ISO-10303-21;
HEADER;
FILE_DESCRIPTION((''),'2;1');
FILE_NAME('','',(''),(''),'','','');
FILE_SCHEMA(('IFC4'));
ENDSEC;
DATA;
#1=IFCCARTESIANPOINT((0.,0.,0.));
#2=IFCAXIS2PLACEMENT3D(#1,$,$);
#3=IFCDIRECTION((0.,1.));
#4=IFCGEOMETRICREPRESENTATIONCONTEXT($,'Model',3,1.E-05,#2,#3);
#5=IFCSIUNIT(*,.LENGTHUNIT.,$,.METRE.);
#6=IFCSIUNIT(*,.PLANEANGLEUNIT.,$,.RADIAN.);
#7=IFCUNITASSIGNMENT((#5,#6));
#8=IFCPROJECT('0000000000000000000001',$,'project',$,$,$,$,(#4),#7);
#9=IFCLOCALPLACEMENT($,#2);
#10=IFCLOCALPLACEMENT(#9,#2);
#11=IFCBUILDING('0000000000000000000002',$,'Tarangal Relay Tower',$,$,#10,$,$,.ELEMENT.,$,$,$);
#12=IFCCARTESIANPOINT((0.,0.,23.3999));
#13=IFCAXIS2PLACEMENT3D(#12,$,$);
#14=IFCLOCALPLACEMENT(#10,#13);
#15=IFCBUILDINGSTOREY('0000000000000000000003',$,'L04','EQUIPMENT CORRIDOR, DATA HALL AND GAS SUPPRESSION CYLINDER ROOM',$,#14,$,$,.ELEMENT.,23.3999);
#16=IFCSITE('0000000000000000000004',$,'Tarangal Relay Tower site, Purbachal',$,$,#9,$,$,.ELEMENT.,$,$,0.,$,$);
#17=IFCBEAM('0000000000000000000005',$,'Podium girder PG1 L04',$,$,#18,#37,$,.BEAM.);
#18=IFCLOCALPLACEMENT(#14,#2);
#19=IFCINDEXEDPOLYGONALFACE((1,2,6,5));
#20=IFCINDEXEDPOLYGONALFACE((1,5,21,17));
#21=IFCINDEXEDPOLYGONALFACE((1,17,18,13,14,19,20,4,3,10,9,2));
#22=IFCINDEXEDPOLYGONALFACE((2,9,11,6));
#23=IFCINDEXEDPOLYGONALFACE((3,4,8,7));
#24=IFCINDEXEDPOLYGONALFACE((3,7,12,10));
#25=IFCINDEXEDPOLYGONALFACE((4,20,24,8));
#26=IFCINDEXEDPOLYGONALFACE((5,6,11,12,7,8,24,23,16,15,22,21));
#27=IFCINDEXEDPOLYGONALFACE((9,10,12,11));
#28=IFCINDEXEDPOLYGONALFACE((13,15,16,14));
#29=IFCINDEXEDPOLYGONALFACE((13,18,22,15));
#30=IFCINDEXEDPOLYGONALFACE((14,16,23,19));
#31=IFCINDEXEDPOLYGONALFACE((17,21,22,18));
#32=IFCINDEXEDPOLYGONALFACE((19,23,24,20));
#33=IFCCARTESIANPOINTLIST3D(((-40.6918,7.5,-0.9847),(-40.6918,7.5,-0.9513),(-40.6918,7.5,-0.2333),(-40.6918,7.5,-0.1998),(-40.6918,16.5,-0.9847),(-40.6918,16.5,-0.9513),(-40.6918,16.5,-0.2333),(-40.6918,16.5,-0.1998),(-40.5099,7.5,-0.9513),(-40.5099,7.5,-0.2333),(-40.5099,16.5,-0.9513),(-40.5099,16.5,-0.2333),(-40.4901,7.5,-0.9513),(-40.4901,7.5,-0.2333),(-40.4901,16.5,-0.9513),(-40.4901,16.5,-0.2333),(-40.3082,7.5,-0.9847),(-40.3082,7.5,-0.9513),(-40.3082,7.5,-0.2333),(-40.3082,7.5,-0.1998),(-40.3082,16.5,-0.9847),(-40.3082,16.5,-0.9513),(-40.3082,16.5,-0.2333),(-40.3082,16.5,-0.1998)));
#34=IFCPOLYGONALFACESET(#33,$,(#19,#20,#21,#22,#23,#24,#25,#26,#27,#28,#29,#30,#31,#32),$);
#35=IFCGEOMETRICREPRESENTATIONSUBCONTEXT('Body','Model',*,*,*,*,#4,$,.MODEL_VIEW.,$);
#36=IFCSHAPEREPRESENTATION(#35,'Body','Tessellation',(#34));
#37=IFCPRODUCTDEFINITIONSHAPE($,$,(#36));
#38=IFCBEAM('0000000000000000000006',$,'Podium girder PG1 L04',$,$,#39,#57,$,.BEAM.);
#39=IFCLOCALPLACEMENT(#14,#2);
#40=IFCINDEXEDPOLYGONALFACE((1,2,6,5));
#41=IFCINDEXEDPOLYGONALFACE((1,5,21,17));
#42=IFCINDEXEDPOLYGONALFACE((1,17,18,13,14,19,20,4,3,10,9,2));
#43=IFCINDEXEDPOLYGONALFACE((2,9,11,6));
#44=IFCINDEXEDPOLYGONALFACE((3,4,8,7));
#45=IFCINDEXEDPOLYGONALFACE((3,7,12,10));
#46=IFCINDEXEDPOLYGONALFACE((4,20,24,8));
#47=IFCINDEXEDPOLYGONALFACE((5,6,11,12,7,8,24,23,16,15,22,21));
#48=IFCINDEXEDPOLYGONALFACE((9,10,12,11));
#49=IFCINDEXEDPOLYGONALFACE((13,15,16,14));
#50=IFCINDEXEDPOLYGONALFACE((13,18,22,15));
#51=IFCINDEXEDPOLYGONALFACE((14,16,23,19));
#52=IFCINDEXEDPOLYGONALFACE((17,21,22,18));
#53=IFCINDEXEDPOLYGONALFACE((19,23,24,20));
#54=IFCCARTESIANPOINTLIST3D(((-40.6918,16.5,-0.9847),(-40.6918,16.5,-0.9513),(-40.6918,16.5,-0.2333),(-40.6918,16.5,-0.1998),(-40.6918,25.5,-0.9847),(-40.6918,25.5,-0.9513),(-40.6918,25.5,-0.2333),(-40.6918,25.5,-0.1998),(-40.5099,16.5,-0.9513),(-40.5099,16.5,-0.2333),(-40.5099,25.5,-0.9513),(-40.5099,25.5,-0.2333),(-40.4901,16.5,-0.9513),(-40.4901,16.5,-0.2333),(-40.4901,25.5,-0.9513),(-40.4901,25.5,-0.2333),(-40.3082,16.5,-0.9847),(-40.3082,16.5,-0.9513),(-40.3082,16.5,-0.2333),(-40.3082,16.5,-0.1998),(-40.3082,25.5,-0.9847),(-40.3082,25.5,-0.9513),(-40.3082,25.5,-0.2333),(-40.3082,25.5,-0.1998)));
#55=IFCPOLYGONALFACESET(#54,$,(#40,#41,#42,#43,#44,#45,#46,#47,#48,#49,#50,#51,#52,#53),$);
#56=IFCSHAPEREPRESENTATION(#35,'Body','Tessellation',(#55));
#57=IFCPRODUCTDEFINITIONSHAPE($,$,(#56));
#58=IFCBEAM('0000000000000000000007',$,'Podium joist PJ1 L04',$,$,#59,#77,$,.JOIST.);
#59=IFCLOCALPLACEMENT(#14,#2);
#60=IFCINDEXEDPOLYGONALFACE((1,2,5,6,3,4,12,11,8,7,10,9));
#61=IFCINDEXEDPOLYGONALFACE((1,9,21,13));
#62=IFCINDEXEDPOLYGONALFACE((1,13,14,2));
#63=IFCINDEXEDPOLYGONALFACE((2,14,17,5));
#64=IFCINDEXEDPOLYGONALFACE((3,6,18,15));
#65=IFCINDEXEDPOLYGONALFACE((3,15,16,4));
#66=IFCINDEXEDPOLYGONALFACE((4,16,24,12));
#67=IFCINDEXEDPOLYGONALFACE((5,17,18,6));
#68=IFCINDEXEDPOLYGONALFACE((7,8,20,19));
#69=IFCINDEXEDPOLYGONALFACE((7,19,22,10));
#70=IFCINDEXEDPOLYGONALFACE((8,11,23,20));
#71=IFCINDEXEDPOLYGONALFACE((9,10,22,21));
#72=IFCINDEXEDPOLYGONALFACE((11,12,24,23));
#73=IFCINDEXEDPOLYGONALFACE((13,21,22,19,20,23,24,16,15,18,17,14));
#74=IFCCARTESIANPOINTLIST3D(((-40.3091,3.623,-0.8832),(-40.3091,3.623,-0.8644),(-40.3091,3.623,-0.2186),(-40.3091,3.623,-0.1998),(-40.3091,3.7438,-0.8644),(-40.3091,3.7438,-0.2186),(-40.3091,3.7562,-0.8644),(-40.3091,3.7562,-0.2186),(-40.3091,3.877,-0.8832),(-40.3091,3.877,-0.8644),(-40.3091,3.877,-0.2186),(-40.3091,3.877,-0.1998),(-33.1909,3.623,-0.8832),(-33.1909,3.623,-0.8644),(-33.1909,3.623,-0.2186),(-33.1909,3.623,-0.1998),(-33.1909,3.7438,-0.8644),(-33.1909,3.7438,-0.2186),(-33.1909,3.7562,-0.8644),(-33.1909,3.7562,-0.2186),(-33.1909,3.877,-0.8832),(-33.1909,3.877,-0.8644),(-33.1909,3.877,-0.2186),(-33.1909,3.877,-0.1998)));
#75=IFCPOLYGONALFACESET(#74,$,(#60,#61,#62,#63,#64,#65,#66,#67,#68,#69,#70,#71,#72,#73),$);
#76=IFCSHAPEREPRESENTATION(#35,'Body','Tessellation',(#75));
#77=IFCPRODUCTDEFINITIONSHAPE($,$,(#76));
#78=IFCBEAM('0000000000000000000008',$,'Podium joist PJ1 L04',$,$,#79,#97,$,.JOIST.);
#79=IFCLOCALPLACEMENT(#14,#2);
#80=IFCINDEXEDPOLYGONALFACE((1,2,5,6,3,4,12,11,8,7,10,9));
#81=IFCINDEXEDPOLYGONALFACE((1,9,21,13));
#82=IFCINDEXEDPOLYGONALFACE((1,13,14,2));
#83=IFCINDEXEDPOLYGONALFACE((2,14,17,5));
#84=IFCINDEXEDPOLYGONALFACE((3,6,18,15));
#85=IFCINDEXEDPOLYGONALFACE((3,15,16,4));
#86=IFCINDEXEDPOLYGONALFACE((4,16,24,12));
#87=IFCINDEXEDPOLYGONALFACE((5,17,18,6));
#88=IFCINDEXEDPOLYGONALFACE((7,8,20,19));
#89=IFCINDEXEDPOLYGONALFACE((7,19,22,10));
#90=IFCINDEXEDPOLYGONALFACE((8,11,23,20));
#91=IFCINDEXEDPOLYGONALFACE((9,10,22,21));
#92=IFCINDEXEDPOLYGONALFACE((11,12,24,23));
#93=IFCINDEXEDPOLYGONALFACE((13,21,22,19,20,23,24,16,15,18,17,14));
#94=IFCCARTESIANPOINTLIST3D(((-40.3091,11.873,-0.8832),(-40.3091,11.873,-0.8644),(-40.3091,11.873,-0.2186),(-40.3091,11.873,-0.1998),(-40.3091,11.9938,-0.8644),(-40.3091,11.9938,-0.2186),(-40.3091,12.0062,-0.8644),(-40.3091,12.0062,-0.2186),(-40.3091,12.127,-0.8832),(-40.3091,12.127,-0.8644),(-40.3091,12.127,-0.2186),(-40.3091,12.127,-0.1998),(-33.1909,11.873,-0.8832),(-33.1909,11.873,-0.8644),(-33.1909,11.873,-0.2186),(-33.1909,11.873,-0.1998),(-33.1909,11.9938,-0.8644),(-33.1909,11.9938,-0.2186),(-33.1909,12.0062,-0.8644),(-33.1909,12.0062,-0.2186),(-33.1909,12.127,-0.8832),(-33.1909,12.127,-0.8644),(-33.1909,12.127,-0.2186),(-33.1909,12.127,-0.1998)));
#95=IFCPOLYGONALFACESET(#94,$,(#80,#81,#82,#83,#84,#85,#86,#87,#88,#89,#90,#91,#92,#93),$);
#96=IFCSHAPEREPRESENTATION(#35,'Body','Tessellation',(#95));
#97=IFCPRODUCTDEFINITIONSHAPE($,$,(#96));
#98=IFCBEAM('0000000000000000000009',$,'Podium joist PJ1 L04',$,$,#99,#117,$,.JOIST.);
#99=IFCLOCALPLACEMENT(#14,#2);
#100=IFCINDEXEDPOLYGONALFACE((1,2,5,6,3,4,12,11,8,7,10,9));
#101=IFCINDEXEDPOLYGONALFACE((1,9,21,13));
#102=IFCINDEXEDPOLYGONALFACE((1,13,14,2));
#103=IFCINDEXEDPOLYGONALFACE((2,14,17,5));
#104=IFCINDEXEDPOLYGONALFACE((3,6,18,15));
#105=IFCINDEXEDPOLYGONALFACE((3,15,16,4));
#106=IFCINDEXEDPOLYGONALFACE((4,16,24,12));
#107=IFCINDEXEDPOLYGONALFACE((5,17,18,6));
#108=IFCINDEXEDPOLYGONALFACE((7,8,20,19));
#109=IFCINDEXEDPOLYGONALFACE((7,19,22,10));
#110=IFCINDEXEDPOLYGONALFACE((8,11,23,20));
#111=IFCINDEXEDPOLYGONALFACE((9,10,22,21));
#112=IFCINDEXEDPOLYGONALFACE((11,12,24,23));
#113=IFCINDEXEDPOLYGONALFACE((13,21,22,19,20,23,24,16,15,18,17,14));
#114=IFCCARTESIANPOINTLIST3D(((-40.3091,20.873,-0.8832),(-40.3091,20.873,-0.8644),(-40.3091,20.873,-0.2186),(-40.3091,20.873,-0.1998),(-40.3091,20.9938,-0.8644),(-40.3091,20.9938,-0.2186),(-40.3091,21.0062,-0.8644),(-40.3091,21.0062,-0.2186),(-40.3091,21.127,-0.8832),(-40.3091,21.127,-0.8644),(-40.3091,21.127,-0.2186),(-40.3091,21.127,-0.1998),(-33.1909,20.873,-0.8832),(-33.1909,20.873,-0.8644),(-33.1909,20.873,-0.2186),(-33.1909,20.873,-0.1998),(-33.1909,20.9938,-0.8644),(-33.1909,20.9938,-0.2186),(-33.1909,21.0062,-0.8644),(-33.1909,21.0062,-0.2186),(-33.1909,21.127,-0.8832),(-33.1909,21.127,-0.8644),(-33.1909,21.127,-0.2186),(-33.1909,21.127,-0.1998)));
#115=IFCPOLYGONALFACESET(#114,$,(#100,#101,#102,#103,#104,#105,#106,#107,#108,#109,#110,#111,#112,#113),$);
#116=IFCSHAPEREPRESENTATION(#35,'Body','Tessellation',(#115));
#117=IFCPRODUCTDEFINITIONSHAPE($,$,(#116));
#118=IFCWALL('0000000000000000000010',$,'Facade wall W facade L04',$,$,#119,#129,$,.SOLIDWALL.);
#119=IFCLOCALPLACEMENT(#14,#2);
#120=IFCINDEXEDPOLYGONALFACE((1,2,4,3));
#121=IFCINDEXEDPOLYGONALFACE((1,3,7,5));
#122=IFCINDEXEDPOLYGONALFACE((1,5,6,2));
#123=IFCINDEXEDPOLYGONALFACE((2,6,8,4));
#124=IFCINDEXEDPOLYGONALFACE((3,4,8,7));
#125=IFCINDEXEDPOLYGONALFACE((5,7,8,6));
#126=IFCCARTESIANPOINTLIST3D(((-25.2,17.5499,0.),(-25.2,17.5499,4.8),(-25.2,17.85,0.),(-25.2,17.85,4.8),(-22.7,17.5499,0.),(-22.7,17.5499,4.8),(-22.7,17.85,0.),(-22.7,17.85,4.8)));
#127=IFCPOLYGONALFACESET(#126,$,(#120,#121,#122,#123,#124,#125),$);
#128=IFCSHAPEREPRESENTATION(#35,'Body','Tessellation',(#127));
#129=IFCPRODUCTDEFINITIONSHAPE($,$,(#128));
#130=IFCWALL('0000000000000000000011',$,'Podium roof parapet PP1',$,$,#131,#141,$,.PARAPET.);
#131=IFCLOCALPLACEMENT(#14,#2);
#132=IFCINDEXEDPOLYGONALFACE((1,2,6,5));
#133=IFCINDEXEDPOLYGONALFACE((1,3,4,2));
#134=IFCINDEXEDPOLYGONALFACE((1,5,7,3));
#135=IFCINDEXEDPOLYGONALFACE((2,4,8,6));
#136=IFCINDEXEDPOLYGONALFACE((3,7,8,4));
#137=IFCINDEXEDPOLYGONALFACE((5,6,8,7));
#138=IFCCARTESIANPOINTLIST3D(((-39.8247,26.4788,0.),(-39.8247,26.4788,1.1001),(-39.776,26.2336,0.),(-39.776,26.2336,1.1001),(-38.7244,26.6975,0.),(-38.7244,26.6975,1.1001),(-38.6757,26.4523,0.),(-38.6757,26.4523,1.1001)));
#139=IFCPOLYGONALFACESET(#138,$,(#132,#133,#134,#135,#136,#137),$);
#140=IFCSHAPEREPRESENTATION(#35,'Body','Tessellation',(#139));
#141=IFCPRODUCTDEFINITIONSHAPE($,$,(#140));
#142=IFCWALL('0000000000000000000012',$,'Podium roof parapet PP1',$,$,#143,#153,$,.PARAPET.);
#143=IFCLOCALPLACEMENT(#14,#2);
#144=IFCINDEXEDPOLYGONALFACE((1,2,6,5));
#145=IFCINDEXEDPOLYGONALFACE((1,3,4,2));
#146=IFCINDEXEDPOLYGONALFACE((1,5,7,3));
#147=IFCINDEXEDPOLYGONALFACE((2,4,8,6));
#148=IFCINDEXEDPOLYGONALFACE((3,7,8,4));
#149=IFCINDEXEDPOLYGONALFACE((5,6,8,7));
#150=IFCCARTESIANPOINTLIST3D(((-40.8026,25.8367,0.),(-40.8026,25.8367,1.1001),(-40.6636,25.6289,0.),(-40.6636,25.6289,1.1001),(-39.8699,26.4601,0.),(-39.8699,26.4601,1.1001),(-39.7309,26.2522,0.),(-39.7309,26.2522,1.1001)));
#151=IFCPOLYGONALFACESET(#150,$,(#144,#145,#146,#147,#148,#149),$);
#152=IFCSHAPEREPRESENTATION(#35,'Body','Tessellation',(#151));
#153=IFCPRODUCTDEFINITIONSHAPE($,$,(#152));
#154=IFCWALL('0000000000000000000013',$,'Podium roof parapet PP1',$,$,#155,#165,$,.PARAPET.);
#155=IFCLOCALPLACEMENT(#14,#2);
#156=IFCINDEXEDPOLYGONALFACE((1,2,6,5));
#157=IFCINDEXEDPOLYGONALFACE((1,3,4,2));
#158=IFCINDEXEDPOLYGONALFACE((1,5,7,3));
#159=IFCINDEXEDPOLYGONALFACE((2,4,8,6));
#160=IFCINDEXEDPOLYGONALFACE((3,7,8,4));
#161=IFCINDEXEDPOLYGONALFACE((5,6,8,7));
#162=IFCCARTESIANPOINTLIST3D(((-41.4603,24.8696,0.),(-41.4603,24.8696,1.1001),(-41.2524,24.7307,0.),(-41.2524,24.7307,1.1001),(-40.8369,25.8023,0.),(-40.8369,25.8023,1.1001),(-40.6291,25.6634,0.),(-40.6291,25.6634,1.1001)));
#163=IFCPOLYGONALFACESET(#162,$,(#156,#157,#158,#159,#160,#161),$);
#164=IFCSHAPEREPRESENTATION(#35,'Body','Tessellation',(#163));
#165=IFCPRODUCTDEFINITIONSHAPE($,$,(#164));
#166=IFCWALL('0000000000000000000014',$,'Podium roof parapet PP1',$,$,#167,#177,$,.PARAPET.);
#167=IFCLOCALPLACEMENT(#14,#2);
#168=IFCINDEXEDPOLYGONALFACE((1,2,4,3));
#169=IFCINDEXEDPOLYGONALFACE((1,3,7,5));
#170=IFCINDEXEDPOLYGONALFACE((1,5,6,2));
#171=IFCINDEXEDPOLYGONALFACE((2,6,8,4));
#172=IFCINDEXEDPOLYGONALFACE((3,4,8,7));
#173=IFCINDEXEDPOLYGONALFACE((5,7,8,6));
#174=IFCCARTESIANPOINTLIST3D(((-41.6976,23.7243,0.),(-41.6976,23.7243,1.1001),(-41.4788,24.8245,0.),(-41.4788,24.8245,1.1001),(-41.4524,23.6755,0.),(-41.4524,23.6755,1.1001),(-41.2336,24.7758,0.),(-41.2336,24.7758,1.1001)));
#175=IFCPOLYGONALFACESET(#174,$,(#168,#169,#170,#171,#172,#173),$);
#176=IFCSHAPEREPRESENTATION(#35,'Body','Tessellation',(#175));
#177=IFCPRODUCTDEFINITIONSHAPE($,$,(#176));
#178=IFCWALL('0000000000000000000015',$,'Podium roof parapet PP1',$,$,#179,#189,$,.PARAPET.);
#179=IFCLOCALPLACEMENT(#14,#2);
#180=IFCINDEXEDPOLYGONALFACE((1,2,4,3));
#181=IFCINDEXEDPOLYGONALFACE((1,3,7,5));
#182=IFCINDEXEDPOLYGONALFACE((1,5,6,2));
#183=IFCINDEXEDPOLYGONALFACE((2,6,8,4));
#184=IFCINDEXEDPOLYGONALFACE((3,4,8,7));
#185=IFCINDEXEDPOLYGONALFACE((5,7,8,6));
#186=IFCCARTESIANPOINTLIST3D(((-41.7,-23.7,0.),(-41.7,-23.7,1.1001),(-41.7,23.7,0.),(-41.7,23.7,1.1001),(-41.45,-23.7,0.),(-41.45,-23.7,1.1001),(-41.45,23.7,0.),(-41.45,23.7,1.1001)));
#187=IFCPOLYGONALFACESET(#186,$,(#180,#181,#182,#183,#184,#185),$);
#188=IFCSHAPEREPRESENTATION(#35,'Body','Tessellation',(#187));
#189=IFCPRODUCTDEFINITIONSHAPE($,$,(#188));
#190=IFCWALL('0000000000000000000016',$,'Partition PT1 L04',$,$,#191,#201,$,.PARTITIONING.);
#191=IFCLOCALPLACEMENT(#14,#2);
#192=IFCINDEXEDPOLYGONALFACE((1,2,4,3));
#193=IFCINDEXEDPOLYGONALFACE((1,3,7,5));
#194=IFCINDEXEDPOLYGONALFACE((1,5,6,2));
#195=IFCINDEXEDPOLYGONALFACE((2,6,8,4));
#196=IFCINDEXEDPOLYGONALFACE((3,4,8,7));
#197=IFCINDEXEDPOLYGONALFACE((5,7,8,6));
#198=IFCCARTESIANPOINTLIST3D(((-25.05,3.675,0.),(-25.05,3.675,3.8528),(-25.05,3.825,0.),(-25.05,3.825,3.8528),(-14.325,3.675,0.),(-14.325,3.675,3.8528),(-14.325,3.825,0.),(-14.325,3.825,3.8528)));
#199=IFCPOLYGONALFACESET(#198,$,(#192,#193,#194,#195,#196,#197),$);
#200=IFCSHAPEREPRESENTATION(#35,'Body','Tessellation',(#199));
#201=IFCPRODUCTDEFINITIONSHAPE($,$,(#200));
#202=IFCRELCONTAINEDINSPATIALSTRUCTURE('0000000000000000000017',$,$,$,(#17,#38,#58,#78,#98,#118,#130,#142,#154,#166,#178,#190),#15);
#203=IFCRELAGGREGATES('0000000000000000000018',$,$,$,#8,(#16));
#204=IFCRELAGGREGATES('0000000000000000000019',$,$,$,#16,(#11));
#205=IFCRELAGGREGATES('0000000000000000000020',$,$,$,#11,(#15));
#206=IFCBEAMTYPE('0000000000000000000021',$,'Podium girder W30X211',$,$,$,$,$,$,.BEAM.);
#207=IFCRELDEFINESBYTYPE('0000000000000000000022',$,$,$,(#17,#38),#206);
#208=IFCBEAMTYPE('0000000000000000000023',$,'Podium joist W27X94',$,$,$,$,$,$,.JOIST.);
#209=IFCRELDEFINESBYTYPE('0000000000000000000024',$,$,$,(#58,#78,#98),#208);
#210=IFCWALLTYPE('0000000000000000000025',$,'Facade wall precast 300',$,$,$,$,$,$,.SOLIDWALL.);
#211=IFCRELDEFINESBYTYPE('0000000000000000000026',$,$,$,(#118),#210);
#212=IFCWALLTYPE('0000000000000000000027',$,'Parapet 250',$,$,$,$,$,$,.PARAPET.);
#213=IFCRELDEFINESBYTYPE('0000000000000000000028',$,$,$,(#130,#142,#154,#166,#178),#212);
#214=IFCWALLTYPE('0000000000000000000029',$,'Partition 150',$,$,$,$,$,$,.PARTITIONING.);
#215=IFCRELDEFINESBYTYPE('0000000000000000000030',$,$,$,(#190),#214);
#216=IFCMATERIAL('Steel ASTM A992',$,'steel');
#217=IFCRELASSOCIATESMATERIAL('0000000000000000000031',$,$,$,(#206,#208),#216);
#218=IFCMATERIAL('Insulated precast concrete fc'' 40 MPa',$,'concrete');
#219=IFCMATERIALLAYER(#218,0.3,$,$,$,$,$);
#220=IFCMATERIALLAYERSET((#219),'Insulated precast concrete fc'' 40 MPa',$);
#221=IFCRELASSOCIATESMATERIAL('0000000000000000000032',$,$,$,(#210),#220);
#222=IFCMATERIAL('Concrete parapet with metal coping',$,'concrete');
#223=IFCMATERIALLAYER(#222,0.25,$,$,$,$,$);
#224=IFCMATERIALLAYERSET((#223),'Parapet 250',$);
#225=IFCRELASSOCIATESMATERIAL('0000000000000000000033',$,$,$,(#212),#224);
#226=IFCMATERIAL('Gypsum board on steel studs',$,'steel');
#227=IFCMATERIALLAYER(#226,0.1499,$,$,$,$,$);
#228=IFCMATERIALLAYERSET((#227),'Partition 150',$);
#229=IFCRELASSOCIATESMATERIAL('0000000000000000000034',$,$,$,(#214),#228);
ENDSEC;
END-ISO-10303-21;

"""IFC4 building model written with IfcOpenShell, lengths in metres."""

from ifc_helpers import new_model, si_unit, direction, frame, frame_2d, origin, origin_2d, place, context, subcontext, project, spatial, rectangle, i_section, extrude, material, layer, layer_set, material_profile, profile_set, type_object, element, save


model = new_model("IFC4")

# Units and contexts
model_context = context("Model", 3, precision=1e-05, world=origin(), true_north=direction((0.0, 1.0)))
body_context = subcontext(model_context, "Body", "Model", "MODEL_VIEW")
ifc_project = project(units=[si_unit("LENGTHUNIT", "METRE"), si_unit("PLANEANGLEUNIT", "RADIAN")], contexts=[model_context])

# Site, building, storey
site_placement = place(None, origin())
site = spatial("IfcSite", under=ifc_project, at=site_placement, Name="Tarangal Relay Tower site, Purbachal", CompositionType="ELEMENT", RefElevation=0.0)
building_placement = place(site_placement, origin())
building = spatial("IfcBuilding", under=site, at=building_placement, Name="Tarangal Relay Tower", CompositionType="ELEMENT")
storey_placement = place(building_placement, frame((0.0, 0.0, 23.3999)))
storey = spatial("IfcBuildingStorey", under=building, at=storey_placement, Name="L04", Description="EQUIPMENT CORRIDOR, DATA HALL AND GAS SUPPRESSION CYLINDER ROOM", CompositionType="ELEMENT", Elevation=23.3999)

# Beams
ifc_material_1 = material(Name="Steel ASTM A992", Category="steel")
ifc_material_profile_1 = material_profile(ifc_material_1, i_section(OverallWidth=0.3835, OverallDepth=0.7849, WebThickness=0.0198, FlangeThickness=0.0334, at=origin_2d()), Name="W30X211")
ifc_profile_set_1 = profile_set([ifc_material_profile_1], Name="Steel ASTM A992")
beam_type_1 = type_object("IfcBeamType", Name="Podium girder W30X211", PredefinedType="BEAM", material=ifc_profile_set_1)
for number, where, z_axis, x_axis, name in (
    (1, (-40.5, 7.5, -0.5923), (0.0, 1.0, 0.0), (-1.0, 0.0, 0.0), "Podium girder PG1 L04"),
    (2, (-40.5, 16.5, -0.5923), (0.0, 1.0, 0.0), (-1.0, 0.0, 0.0), "Podium girder PG1 L04"),
):
    element("IfcBeam", number, at=place(storey_placement, frame(where, z_axis=z_axis, x_axis=x_axis)), inside=storey, type_object=beam_type_1, Name=name, PredefinedType="BEAM", context=body_context, shape_type="SweptSolid", body=[
        extrude(i_section(OverallWidth=0.3835, OverallDepth=0.7849, WebThickness=0.0198, FlangeThickness=0.0334, at=origin_2d()), origin(), (0.0, 0.0, 1.0), 9.0),
    ])
ifc_material_profile_2 = material_profile(ifc_material_1, i_section(OverallWidth=0.2539, OverallDepth=0.6833, WebThickness=0.0125, FlangeThickness=0.0188, at=origin_2d()), Name="W27X94")
ifc_profile_set_2 = profile_set([ifc_material_profile_2], Name="Steel ASTM A992")
beam_type_2 = type_object("IfcBeamType", Name="Podium joist W27X94", PredefinedType="JOIST", material=ifc_profile_set_2)
for number, where, z_axis, x_axis, name in (
    (3, (-33.1909, 3.75, -0.5415), (-1.0, 0.0, 0.0), (0.0, -1.0, 0.0), "Podium joist PJ1 L04"),
    (4, (-33.1909, 12.0, -0.5415), (-1.0, 0.0, 0.0), (0.0, -1.0, 0.0), "Podium joist PJ1 L04"),
    (5, (-33.1909, 21.0, -0.5415), (-1.0, 0.0, 0.0), (0.0, -1.0, 0.0), "Podium joist PJ1 L04"),
):
    element("IfcBeam", number, at=place(storey_placement, frame(where, z_axis=z_axis, x_axis=x_axis)), inside=storey, type_object=beam_type_2, Name=name, PredefinedType="JOIST", context=body_context, shape_type="SweptSolid", body=[
        extrude(i_section(OverallWidth=0.2539, OverallDepth=0.6833, WebThickness=0.0125, FlangeThickness=0.0188, at=origin_2d()), origin(), (0.0, 0.0, 1.0), 7.1182),
    ])

# Walls
ifc_material_2 = material(Name="Insulated precast concrete fc' 40 MPa", Category="concrete")
ifc_layer_1 = layer(ifc_material_2, 0.3)
ifc_layer_set_1 = layer_set([ifc_layer_1], Name="Insulated precast concrete fc' 40 MPa")
wall_type_1 = type_object("IfcWallType", Name="Facade wall precast 300", PredefinedType="SOLIDWALL", material=ifc_layer_set_1)
wall_1_placement = place(storey_placement, frame((-25.2, 17.7, 0.0), z_axis=(0.0, 0.0, 1.0), x_axis=(1.0, 0.0, 0.0)))
element("IfcWall", 6, at=wall_1_placement, inside=storey, type_object=wall_type_1, Name="Facade wall W facade L04", PredefinedType="SOLIDWALL", context=body_context, shape_type="SweptSolid", body=[
    extrude(rectangle(XDim=2.5, YDim=0.3, at=frame_2d((1.25, 0.0))), origin(), (0.0, 0.0, 1.0), 4.8),
])
ifc_material_3 = material(Name="Concrete parapet with metal coping", Category="concrete")
ifc_layer_2 = layer(ifc_material_3, 0.25)
ifc_layer_set_2 = layer_set([ifc_layer_2], Name="Parapet 250")
wall_type_2 = type_object("IfcWallType", Name="Parapet 250", PredefinedType="PARAPET", material=ifc_layer_set_2)
for number, where, z_axis, x_axis, name in (
    (7, (-38.7, 26.575, 0.0), (0.0, 0.0, 1.0), (-0.980806, -0.194986, 0.0), "Podium roof parapet PP1"),
    (8, (-39.8003, 26.3562, 0.0), (0.0, 0.0, 1.0), (-0.831414, -0.555654, 0.0), "Podium roof parapet PP1"),
    (9, (-40.7329, 25.7329, 0.0), (0.0, 0.0, 1.0), (-0.555654, -0.831414, 0.0), "Podium roof parapet PP1"),
    (10, (-41.3562, 24.8003, 0.0), (0.0, 0.0, 1.0), (-0.194986, -0.980806, 0.0), "Podium roof parapet PP1"),
):
    element("IfcWall", number, at=place(storey_placement, frame(where, z_axis=z_axis, x_axis=x_axis)), inside=storey, type_object=wall_type_2, Name=name, PredefinedType="PARAPET", context=body_context, shape_type="SweptSolid", body=[
        extrude(rectangle(XDim=1.1218, YDim=0.25, at=frame_2d((0.561, 0.0))), origin(), (0.0, 0.0, 1.0), 1.1001),
    ])
wall_2_placement = place(storey_placement, frame((-41.575, 23.7, 0.0), z_axis=(0.0, 0.0, 1.0), x_axis=(0.0, -1.0, 0.0)))
element("IfcWall", 11, at=wall_2_placement, inside=storey, type_object=wall_type_2, Name="Podium roof parapet PP1", PredefinedType="PARAPET", context=body_context, shape_type="SweptSolid", body=[
    extrude(rectangle(XDim=47.3999, YDim=0.25, at=frame_2d((23.7, 0.0))), origin(), (0.0, 0.0, 1.0), 1.1001),
])
ifc_material_4 = material(Name="Gypsum board on steel studs", Category="steel")
ifc_layer_3 = layer(ifc_material_4, 0.1499)
ifc_layer_set_3 = layer_set([ifc_layer_3], Name="Partition 150")
wall_type_3 = type_object("IfcWallType", Name="Partition 150", PredefinedType="PARTITIONING", material=ifc_layer_set_3)
for number, where, z_axis, x_axis, name in (
    (12, (-25.05, 3.75, 0.0), (0.0, 0.0, 1.0), (1.0, 0.0, 0.0), "Partition PT1 L04"),
):
    element("IfcWall", number, at=place(storey_placement, frame(where, z_axis=z_axis, x_axis=x_axis)), inside=storey, type_object=wall_type_3, Name=name, PredefinedType="PARTITIONING", context=body_context, shape_type="SweptSolid", body=[
        extrude(rectangle(XDim=10.7251, YDim=0.1499, at=frame_2d((5.3625, 0.0))), origin(), (0.0, 0.0, 1.0), 3.8528),
    ])

save(model, "model.ifc")
